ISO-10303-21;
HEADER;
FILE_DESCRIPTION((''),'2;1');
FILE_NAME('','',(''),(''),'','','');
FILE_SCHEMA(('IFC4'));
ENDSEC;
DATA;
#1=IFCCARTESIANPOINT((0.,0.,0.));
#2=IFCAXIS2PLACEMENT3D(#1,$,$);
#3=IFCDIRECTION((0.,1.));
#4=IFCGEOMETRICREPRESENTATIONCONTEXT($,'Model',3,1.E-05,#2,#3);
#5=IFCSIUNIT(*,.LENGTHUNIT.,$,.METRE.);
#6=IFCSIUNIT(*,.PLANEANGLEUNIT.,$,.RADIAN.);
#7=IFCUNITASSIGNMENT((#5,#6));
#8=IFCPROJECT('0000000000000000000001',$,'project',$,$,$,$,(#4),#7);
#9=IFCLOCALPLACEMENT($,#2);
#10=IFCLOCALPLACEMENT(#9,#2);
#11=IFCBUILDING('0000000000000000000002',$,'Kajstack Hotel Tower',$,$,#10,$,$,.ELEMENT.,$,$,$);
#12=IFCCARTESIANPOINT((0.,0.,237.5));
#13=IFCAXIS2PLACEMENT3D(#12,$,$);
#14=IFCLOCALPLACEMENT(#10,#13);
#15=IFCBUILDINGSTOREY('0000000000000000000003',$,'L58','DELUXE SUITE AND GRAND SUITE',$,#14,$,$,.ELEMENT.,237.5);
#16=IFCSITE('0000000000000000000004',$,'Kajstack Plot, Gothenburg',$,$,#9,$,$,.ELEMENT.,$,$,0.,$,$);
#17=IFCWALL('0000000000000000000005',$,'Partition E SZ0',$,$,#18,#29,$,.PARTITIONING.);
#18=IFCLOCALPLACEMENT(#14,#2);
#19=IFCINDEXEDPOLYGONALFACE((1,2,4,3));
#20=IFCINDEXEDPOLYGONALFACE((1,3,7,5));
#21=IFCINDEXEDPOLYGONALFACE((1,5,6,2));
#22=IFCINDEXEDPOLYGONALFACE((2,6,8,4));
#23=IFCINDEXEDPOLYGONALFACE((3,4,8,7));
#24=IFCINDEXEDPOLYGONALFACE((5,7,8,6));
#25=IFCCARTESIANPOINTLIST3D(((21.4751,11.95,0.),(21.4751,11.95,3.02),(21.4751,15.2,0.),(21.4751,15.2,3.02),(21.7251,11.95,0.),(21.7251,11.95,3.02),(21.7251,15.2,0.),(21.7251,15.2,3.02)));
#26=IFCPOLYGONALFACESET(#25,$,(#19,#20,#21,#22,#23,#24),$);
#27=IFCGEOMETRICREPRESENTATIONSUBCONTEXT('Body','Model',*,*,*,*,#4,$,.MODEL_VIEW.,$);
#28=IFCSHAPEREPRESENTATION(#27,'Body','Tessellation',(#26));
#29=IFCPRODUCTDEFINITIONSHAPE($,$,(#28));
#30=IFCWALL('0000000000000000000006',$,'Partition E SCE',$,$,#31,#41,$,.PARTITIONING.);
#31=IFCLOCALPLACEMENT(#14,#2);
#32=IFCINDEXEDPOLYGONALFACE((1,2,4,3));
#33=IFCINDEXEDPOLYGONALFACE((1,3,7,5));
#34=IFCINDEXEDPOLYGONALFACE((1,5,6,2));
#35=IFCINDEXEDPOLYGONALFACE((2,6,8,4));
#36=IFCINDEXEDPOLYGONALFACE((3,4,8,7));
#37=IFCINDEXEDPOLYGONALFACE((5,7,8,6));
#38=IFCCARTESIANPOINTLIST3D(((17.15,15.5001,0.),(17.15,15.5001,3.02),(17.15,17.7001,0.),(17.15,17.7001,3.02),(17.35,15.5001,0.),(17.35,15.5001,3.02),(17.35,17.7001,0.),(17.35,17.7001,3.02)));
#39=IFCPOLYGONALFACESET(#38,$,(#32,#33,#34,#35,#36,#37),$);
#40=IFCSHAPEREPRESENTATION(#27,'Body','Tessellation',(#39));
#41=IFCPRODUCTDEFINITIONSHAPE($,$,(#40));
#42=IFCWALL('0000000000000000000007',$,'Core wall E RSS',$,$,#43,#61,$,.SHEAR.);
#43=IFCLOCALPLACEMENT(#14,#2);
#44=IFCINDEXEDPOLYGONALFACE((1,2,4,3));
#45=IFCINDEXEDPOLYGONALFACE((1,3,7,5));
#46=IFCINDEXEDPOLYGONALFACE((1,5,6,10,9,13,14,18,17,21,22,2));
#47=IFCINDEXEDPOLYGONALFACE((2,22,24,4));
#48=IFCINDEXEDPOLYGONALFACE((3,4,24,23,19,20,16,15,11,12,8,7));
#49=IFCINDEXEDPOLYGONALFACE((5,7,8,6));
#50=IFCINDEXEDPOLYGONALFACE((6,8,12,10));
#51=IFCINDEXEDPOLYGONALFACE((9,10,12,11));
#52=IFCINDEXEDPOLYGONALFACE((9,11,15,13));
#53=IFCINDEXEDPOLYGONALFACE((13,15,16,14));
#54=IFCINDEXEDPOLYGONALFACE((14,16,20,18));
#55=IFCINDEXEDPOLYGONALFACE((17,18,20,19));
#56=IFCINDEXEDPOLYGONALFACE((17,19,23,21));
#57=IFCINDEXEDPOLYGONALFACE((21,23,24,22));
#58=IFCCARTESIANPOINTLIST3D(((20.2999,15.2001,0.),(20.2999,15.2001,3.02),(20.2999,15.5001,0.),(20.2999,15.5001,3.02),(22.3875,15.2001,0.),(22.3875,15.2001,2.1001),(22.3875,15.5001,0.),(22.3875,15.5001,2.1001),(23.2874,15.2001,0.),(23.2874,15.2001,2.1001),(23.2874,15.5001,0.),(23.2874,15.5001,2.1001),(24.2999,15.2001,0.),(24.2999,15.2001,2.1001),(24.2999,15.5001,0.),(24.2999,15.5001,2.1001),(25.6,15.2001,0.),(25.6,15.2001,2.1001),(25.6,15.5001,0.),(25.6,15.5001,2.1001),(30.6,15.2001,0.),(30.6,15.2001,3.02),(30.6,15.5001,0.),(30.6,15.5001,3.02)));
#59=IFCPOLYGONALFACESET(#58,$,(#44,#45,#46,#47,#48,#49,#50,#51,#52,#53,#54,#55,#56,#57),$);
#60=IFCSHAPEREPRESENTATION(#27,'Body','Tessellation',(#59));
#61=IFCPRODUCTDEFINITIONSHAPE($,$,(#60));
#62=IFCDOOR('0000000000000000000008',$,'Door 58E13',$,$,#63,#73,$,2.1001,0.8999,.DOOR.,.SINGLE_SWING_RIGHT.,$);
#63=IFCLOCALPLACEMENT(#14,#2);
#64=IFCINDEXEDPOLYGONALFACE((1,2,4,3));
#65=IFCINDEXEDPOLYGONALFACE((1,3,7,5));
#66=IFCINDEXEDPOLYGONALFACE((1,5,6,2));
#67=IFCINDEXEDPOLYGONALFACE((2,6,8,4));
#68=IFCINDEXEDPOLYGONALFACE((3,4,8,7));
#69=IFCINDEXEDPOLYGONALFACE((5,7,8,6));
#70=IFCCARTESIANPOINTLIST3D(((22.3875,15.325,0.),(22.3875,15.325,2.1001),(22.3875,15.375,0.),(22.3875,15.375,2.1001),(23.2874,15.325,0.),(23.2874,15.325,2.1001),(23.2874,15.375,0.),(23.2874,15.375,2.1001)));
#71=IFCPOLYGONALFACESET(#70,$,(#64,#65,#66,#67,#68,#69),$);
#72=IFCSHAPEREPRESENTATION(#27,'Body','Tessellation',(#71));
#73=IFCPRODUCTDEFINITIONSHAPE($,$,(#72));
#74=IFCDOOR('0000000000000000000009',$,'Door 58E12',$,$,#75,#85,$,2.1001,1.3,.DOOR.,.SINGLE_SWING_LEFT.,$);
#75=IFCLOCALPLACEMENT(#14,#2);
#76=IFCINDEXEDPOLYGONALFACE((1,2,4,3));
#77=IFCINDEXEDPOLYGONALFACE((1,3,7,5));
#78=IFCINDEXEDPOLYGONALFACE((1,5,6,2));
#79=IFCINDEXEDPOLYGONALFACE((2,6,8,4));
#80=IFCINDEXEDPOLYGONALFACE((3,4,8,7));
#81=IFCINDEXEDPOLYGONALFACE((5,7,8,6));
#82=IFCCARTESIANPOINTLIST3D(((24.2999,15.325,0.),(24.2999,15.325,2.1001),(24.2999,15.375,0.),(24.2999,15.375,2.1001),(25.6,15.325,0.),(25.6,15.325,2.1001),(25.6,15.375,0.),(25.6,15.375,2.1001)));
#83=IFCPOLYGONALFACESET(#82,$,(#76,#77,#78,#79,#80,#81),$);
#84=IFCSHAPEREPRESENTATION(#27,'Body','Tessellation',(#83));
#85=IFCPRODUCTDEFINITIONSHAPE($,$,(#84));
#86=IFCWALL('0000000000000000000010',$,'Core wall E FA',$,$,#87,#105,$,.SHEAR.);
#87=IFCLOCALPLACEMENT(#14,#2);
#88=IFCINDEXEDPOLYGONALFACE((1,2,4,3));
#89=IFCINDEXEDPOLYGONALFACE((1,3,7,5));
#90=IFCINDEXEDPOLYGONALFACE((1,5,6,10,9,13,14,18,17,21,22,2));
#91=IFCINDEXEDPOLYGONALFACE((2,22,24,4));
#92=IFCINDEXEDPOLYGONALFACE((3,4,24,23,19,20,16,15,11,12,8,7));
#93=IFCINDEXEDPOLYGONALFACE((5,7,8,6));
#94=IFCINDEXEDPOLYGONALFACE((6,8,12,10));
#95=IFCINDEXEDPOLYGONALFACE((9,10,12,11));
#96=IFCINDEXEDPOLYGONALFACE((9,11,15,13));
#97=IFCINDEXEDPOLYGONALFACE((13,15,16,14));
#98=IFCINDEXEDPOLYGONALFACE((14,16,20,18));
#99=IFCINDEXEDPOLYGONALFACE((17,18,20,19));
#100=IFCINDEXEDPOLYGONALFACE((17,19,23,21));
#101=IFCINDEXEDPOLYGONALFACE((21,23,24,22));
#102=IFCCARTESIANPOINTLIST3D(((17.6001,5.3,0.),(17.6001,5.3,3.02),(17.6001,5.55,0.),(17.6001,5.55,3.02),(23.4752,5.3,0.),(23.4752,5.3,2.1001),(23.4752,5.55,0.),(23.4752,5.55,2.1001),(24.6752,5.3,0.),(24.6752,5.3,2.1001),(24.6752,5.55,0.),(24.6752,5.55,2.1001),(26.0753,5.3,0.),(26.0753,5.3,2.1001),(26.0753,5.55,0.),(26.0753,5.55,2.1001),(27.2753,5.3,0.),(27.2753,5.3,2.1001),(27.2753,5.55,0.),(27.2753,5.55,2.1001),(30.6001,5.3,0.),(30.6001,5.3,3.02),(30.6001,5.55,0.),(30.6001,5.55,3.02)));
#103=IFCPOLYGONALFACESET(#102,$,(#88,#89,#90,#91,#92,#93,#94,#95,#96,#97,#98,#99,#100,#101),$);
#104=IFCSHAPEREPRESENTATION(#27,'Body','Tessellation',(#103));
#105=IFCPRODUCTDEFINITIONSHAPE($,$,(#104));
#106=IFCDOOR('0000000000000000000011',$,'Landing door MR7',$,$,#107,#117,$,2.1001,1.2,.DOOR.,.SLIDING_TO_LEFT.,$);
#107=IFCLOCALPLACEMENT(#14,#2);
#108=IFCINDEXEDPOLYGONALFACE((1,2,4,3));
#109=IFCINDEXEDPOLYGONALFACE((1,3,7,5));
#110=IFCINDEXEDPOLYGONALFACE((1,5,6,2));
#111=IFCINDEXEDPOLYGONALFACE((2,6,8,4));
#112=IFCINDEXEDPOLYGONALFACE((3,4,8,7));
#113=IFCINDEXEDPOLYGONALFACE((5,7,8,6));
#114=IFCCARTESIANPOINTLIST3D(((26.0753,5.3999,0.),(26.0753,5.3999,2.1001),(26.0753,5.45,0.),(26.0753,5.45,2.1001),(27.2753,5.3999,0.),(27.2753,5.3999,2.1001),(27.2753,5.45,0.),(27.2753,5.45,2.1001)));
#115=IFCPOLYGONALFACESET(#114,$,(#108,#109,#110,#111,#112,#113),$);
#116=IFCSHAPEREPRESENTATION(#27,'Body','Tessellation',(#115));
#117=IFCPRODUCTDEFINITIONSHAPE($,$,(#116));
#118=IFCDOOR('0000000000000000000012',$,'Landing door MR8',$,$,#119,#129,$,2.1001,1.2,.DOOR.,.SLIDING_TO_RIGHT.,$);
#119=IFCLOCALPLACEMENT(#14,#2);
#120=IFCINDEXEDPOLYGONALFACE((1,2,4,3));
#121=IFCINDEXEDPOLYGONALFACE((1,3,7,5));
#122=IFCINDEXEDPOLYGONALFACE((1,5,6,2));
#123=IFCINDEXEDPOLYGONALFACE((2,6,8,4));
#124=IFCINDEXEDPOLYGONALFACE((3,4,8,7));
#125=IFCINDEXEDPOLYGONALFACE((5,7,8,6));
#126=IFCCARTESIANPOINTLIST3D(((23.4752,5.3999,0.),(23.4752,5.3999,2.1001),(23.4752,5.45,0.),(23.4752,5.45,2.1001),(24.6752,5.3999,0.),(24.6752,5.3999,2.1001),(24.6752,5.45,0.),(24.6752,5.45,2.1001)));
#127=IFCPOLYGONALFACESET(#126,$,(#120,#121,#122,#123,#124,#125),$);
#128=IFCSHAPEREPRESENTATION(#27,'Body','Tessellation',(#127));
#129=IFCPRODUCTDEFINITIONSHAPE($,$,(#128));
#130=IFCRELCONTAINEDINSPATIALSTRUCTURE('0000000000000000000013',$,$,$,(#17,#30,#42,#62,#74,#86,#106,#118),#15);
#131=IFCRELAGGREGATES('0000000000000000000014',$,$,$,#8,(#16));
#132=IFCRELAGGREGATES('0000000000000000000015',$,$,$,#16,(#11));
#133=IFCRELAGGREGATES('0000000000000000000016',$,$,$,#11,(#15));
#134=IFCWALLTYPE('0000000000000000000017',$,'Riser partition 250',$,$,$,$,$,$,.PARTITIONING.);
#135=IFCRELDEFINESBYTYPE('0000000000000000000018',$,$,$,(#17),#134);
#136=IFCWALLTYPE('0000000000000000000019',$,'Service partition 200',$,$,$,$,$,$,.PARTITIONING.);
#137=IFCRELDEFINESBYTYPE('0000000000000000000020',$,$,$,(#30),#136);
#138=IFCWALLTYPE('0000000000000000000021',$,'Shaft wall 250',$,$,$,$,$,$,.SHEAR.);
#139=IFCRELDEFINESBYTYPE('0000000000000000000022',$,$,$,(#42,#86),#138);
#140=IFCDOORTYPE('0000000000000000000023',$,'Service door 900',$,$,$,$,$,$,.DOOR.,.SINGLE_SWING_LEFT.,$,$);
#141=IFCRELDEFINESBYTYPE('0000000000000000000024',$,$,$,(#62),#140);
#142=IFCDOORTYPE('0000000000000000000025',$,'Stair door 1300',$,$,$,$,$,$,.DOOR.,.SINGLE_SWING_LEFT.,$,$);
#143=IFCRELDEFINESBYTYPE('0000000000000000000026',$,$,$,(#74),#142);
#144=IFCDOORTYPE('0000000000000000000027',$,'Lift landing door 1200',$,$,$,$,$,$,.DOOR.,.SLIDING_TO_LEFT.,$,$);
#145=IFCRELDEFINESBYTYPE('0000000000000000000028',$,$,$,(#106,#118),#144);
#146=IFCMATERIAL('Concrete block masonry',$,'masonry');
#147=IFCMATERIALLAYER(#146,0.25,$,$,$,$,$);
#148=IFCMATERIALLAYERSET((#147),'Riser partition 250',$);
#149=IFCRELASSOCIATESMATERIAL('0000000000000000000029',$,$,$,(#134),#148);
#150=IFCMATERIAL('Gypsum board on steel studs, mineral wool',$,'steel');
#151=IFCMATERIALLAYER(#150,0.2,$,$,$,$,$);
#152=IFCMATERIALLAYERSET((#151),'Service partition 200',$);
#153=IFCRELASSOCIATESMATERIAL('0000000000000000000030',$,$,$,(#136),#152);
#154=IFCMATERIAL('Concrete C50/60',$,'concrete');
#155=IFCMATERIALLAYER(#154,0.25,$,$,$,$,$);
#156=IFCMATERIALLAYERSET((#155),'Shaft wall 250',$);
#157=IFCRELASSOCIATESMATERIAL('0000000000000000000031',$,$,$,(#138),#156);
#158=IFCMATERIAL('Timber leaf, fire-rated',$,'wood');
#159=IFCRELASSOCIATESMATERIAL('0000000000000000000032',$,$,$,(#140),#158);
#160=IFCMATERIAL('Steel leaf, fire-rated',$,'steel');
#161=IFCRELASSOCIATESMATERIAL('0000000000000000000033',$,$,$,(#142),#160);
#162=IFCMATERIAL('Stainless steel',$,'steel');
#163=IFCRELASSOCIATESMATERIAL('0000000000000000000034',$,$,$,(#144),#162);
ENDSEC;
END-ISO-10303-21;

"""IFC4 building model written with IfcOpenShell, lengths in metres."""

from ifc_helpers import new_model, si_unit, direction, frame, frame_2d, origin, place, context, subcontext, project, spatial, rectangle, extrude, material, layer, layer_set, type_object, element, fill, save


model = new_model("IFC4")

# Units and contexts
model_context = context("Model", 3, precision=1e-05, world=origin(), true_north=direction((0.0, 1.0)))
body_context = subcontext(model_context, "Body", "Model", "MODEL_VIEW")
ifc_project = project(units=[si_unit("LENGTHUNIT", "METRE"), si_unit("PLANEANGLEUNIT", "RADIAN")], contexts=[model_context])

# Site, building, storey
site_placement = place(None, origin())
site = spatial("IfcSite", under=ifc_project, at=site_placement, Name="Kajstack Plot, Gothenburg", CompositionType="ELEMENT", RefElevation=0.0)
building_placement = place(site_placement, origin())
building = spatial("IfcBuilding", under=site, at=building_placement, Name="Kajstack Hotel Tower", CompositionType="ELEMENT")
storey_placement = place(building_placement, frame((0.0, 0.0, 237.5)))
storey = spatial("IfcBuildingStorey", under=building, at=storey_placement, Name="L58", Description="DELUXE SUITE AND GRAND SUITE", CompositionType="ELEMENT", Elevation=237.5)

# Walls
ifc_material_1 = material(Name="Concrete block masonry", Category="masonry")
ifc_layer_1 = layer(ifc_material_1, 0.25)
ifc_layer_set_1 = layer_set([ifc_layer_1], Name="Riser partition 250")
wall_type_1 = type_object("IfcWallType", Name="Riser partition 250", PredefinedType="PARTITIONING", material=ifc_layer_set_1)
wall_1_placement = place(storey_placement, frame((21.6001, 11.95, 0.0), z_axis=(0.0, 0.0, 1.0), x_axis=(0.0, 1.0, 0.0)))
element("IfcWall", 1, at=wall_1_placement, inside=storey, type_object=wall_type_1, Name="Partition E SZ0", PredefinedType="PARTITIONING", context=body_context, shape_type="SweptSolid", body=[
    extrude(rectangle(XDim=3.25, YDim=0.25, at=frame_2d((1.625, 0.0))), origin(), (0.0, 0.0, 1.0), 3.02),
])
ifc_material_2 = material(Name="Gypsum board on steel studs, mineral wool", Category="steel")
ifc_layer_2 = layer(ifc_material_2, 0.2)
ifc_layer_set_2 = layer_set([ifc_layer_2], Name="Service partition 200")
wall_type_2 = type_object("IfcWallType", Name="Service partition 200", PredefinedType="PARTITIONING", material=ifc_layer_set_2)
wall_2_placement = place(storey_placement, frame((17.25, 15.5, 0.0), z_axis=(0.0, 0.0, 1.0), x_axis=(0.0, 1.0, 0.0)))
element("IfcWall", 2, at=wall_2_placement, inside=storey, type_object=wall_type_2, Name="Partition E SCE", PredefinedType="PARTITIONING", context=body_context, shape_type="SweptSolid", body=[
    extrude(rectangle(XDim=2.2, YDim=0.2, at=frame_2d((1.1001, 0.0))), origin(), (0.0, 0.0, 1.0), 3.02),
])

# Walls, openings, doors
ifc_material_3 = material(Name="Concrete C50/60", Category="concrete")
ifc_layer_3 = layer(ifc_material_3, 0.25)
ifc_layer_set_3 = layer_set([ifc_layer_3], Name="Shaft wall 250")
wall_type_3 = type_object("IfcWallType", Name="Shaft wall 250", PredefinedType="SHEAR", material=ifc_layer_set_3)
wall_3_placement = place(storey_placement, frame((20.3, 15.3501, 0.0), z_axis=(0.0, 0.0, 1.0), x_axis=(1.0, 0.0, 0.0)))
wall_3 = element("IfcWall", 3, at=wall_3_placement, inside=storey, type_object=wall_type_3, Name="Core wall E RSS", PredefinedType="SHEAR", context=body_context, shape_type="SweptSolid", body=[
    extrude(rectangle(XDim=10.3, YDim=0.3, at=frame_2d((5.1499, 0.0))), origin(), (0.0, 0.0, 1.0), 3.02),
])
opening_1_placement = place(wall_3_placement, frame((4.0, 0.0, 0.0)))
opening_1 = element("IfcOpeningElement", 4, at=opening_1_placement, cuts=wall_3, PredefinedType="OPENING", context=body_context, shape_type="SweptSolid", body=[
    extrude(rectangle(XDim=1.3, YDim=2.1001, at=frame_2d((0.6499, 1.05))), frame((0.0, 0.1599, 0.0), z_axis=(0.0, -1.0, 0.0), x_axis=(1.0, 0.0, 0.0)), (0.0, 0.0, 1.0), 0.3201),
])
opening_2_placement = place(wall_3_placement, frame((2.0874, 0.0, 0.0)))
opening_2 = element("IfcOpeningElement", 5, at=opening_2_placement, cuts=wall_3, PredefinedType="OPENING", context=body_context, shape_type="SweptSolid", body=[
    extrude(rectangle(XDim=0.8999, YDim=2.1001, at=frame_2d((0.45, 1.05))), frame((0.0, 0.1599, 0.0), z_axis=(0.0, -1.0, 0.0), x_axis=(1.0, 0.0, 0.0)), (0.0, 0.0, 1.0), 0.3201),
])
ifc_material_4 = material(Name="Timber leaf, fire-rated", Category="wood")
door_type_1 = type_object("IfcDoorType", Name="Service door 900", OperationType="SINGLE_SWING_LEFT", PredefinedType="DOOR", material=ifc_material_4)
door_1_placement = place(opening_2_placement, origin())
door_1 = element("IfcDoor", 6, at=door_1_placement, inside=storey, type_object=door_type_1, Name="Door 58E13", OperationType="SINGLE_SWING_RIGHT", OverallHeight=2.1001, OverallWidth=0.8999, PredefinedType="DOOR", context=body_context, shape_type="SweptSolid", body=[
    extrude(rectangle(XDim=0.8999, YDim=2.1001, at=frame_2d((0.45, 1.05))), frame((0.0, 0.0249, 0.0), z_axis=(0.0, -1.0, 0.0), x_axis=(1.0, 0.0, 0.0)), (0.0, 0.0, 1.0), 0.05),
])
fill(opening_2, door_1)
ifc_material_5 = material(Name="Steel leaf, fire-rated", Category="steel")
door_type_2 = type_object("IfcDoorType", Name="Stair door 1300", OperationType="SINGLE_SWING_LEFT", PredefinedType="DOOR", material=ifc_material_5)
door_2_placement = place(opening_1_placement, origin())
door_2 = element("IfcDoor", 7, at=door_2_placement, inside=storey, type_object=door_type_2, Name="Door 58E12", OperationType="SINGLE_SWING_LEFT", OverallHeight=2.1001, OverallWidth=1.3, PredefinedType="DOOR", context=body_context, shape_type="SweptSolid", body=[
    extrude(rectangle(XDim=1.3, YDim=2.1001, at=frame_2d((0.6499, 1.05))), frame((0.0, 0.0249, 0.0), z_axis=(0.0, -1.0, 0.0), x_axis=(1.0, 0.0, 0.0)), (0.0, 0.0, 1.0), 0.05),
])
fill(opening_1, door_2)
wall_4_placement = place(storey_placement, frame((17.6001, 5.425, 0.0), z_axis=(0.0, 0.0, 1.0), x_axis=(1.0, 0.0, 0.0)))
wall_4 = element("IfcWall", 8, at=wall_4_placement, inside=storey, type_object=wall_type_3, Name="Core wall E FA", PredefinedType="SHEAR", context=body_context, shape_type="SweptSolid", body=[
    extrude(rectangle(XDim=13.0, YDim=0.25, at=frame_2d((6.5, 0.0))), origin(), (0.0, 0.0, 1.0), 3.02),
])
opening_3_placement = place(wall_4_placement, frame((8.4751, 0.0, 0.0)))
opening_3 = element("IfcOpeningElement", 9, at=opening_3_placement, cuts=wall_4, PredefinedType="OPENING", context=body_context, shape_type="SweptSolid", body=[
    extrude(rectangle(XDim=1.2, YDim=2.1001, at=frame_2d((0.6001, 1.05))), frame((0.0, 0.135, 0.0), z_axis=(0.0, -1.0, 0.0), x_axis=(1.0, 0.0, 0.0)), (0.0, 0.0, 1.0), 0.27),
])
opening_4_placement = place(wall_4_placement, frame((5.875, 0.0, 0.0)))
opening_4 = element("IfcOpeningElement", 10, at=opening_4_placement, cuts=wall_4, PredefinedType="OPENING", context=body_context, shape_type="SweptSolid", body=[
    extrude(rectangle(XDim=1.2, YDim=2.1001, at=frame_2d((0.6001, 1.05))), frame((0.0, 0.135, 0.0), z_axis=(0.0, -1.0, 0.0), x_axis=(1.0, 0.0, 0.0)), (0.0, 0.0, 1.0), 0.27),
])
ifc_material_6 = material(Name="Stainless steel", Category="steel")
door_type_3 = type_object("IfcDoorType", Name="Lift landing door 1200", OperationType="SLIDING_TO_LEFT", PredefinedType="DOOR", material=ifc_material_6)
door_3_placement = place(opening_3_placement, origin())
door_3 = element("IfcDoor", 11, at=door_3_placement, inside=storey, type_object=door_type_3, Name="Landing door MR7", OperationType="SLIDING_TO_LEFT", OverallHeight=2.1001, OverallWidth=1.2, PredefinedType="DOOR", context=body_context, shape_type="SweptSolid", body=[
    extrude(rectangle(XDim=1.2, YDim=2.1001, at=frame_2d((0.6001, 1.05))), frame((0.0, 0.0249, 0.0), z_axis=(0.0, -1.0, 0.0), x_axis=(1.0, 0.0, 0.0)), (0.0, 0.0, 1.0), 0.05),
])
fill(opening_3, door_3)
door_4_placement = place(opening_4_placement, origin())
door_4 = element("IfcDoor", 12, at=door_4_placement, inside=storey, type_object=door_type_3, Name="Landing door MR8", OperationType="SLIDING_TO_RIGHT", OverallHeight=2.1001, OverallWidth=1.2, PredefinedType="DOOR", context=body_context, shape_type="SweptSolid", body=[
    extrude(rectangle(XDim=1.2, YDim=2.1001, at=frame_2d((0.6001, 1.05))), frame((0.0, 0.0249, 0.0), z_axis=(0.0, -1.0, 0.0), x_axis=(1.0, 0.0, 0.0)), (0.0, 0.0, 1.0), 0.05),
])
fill(opening_4, door_4)

save(model, "model.ifc")
